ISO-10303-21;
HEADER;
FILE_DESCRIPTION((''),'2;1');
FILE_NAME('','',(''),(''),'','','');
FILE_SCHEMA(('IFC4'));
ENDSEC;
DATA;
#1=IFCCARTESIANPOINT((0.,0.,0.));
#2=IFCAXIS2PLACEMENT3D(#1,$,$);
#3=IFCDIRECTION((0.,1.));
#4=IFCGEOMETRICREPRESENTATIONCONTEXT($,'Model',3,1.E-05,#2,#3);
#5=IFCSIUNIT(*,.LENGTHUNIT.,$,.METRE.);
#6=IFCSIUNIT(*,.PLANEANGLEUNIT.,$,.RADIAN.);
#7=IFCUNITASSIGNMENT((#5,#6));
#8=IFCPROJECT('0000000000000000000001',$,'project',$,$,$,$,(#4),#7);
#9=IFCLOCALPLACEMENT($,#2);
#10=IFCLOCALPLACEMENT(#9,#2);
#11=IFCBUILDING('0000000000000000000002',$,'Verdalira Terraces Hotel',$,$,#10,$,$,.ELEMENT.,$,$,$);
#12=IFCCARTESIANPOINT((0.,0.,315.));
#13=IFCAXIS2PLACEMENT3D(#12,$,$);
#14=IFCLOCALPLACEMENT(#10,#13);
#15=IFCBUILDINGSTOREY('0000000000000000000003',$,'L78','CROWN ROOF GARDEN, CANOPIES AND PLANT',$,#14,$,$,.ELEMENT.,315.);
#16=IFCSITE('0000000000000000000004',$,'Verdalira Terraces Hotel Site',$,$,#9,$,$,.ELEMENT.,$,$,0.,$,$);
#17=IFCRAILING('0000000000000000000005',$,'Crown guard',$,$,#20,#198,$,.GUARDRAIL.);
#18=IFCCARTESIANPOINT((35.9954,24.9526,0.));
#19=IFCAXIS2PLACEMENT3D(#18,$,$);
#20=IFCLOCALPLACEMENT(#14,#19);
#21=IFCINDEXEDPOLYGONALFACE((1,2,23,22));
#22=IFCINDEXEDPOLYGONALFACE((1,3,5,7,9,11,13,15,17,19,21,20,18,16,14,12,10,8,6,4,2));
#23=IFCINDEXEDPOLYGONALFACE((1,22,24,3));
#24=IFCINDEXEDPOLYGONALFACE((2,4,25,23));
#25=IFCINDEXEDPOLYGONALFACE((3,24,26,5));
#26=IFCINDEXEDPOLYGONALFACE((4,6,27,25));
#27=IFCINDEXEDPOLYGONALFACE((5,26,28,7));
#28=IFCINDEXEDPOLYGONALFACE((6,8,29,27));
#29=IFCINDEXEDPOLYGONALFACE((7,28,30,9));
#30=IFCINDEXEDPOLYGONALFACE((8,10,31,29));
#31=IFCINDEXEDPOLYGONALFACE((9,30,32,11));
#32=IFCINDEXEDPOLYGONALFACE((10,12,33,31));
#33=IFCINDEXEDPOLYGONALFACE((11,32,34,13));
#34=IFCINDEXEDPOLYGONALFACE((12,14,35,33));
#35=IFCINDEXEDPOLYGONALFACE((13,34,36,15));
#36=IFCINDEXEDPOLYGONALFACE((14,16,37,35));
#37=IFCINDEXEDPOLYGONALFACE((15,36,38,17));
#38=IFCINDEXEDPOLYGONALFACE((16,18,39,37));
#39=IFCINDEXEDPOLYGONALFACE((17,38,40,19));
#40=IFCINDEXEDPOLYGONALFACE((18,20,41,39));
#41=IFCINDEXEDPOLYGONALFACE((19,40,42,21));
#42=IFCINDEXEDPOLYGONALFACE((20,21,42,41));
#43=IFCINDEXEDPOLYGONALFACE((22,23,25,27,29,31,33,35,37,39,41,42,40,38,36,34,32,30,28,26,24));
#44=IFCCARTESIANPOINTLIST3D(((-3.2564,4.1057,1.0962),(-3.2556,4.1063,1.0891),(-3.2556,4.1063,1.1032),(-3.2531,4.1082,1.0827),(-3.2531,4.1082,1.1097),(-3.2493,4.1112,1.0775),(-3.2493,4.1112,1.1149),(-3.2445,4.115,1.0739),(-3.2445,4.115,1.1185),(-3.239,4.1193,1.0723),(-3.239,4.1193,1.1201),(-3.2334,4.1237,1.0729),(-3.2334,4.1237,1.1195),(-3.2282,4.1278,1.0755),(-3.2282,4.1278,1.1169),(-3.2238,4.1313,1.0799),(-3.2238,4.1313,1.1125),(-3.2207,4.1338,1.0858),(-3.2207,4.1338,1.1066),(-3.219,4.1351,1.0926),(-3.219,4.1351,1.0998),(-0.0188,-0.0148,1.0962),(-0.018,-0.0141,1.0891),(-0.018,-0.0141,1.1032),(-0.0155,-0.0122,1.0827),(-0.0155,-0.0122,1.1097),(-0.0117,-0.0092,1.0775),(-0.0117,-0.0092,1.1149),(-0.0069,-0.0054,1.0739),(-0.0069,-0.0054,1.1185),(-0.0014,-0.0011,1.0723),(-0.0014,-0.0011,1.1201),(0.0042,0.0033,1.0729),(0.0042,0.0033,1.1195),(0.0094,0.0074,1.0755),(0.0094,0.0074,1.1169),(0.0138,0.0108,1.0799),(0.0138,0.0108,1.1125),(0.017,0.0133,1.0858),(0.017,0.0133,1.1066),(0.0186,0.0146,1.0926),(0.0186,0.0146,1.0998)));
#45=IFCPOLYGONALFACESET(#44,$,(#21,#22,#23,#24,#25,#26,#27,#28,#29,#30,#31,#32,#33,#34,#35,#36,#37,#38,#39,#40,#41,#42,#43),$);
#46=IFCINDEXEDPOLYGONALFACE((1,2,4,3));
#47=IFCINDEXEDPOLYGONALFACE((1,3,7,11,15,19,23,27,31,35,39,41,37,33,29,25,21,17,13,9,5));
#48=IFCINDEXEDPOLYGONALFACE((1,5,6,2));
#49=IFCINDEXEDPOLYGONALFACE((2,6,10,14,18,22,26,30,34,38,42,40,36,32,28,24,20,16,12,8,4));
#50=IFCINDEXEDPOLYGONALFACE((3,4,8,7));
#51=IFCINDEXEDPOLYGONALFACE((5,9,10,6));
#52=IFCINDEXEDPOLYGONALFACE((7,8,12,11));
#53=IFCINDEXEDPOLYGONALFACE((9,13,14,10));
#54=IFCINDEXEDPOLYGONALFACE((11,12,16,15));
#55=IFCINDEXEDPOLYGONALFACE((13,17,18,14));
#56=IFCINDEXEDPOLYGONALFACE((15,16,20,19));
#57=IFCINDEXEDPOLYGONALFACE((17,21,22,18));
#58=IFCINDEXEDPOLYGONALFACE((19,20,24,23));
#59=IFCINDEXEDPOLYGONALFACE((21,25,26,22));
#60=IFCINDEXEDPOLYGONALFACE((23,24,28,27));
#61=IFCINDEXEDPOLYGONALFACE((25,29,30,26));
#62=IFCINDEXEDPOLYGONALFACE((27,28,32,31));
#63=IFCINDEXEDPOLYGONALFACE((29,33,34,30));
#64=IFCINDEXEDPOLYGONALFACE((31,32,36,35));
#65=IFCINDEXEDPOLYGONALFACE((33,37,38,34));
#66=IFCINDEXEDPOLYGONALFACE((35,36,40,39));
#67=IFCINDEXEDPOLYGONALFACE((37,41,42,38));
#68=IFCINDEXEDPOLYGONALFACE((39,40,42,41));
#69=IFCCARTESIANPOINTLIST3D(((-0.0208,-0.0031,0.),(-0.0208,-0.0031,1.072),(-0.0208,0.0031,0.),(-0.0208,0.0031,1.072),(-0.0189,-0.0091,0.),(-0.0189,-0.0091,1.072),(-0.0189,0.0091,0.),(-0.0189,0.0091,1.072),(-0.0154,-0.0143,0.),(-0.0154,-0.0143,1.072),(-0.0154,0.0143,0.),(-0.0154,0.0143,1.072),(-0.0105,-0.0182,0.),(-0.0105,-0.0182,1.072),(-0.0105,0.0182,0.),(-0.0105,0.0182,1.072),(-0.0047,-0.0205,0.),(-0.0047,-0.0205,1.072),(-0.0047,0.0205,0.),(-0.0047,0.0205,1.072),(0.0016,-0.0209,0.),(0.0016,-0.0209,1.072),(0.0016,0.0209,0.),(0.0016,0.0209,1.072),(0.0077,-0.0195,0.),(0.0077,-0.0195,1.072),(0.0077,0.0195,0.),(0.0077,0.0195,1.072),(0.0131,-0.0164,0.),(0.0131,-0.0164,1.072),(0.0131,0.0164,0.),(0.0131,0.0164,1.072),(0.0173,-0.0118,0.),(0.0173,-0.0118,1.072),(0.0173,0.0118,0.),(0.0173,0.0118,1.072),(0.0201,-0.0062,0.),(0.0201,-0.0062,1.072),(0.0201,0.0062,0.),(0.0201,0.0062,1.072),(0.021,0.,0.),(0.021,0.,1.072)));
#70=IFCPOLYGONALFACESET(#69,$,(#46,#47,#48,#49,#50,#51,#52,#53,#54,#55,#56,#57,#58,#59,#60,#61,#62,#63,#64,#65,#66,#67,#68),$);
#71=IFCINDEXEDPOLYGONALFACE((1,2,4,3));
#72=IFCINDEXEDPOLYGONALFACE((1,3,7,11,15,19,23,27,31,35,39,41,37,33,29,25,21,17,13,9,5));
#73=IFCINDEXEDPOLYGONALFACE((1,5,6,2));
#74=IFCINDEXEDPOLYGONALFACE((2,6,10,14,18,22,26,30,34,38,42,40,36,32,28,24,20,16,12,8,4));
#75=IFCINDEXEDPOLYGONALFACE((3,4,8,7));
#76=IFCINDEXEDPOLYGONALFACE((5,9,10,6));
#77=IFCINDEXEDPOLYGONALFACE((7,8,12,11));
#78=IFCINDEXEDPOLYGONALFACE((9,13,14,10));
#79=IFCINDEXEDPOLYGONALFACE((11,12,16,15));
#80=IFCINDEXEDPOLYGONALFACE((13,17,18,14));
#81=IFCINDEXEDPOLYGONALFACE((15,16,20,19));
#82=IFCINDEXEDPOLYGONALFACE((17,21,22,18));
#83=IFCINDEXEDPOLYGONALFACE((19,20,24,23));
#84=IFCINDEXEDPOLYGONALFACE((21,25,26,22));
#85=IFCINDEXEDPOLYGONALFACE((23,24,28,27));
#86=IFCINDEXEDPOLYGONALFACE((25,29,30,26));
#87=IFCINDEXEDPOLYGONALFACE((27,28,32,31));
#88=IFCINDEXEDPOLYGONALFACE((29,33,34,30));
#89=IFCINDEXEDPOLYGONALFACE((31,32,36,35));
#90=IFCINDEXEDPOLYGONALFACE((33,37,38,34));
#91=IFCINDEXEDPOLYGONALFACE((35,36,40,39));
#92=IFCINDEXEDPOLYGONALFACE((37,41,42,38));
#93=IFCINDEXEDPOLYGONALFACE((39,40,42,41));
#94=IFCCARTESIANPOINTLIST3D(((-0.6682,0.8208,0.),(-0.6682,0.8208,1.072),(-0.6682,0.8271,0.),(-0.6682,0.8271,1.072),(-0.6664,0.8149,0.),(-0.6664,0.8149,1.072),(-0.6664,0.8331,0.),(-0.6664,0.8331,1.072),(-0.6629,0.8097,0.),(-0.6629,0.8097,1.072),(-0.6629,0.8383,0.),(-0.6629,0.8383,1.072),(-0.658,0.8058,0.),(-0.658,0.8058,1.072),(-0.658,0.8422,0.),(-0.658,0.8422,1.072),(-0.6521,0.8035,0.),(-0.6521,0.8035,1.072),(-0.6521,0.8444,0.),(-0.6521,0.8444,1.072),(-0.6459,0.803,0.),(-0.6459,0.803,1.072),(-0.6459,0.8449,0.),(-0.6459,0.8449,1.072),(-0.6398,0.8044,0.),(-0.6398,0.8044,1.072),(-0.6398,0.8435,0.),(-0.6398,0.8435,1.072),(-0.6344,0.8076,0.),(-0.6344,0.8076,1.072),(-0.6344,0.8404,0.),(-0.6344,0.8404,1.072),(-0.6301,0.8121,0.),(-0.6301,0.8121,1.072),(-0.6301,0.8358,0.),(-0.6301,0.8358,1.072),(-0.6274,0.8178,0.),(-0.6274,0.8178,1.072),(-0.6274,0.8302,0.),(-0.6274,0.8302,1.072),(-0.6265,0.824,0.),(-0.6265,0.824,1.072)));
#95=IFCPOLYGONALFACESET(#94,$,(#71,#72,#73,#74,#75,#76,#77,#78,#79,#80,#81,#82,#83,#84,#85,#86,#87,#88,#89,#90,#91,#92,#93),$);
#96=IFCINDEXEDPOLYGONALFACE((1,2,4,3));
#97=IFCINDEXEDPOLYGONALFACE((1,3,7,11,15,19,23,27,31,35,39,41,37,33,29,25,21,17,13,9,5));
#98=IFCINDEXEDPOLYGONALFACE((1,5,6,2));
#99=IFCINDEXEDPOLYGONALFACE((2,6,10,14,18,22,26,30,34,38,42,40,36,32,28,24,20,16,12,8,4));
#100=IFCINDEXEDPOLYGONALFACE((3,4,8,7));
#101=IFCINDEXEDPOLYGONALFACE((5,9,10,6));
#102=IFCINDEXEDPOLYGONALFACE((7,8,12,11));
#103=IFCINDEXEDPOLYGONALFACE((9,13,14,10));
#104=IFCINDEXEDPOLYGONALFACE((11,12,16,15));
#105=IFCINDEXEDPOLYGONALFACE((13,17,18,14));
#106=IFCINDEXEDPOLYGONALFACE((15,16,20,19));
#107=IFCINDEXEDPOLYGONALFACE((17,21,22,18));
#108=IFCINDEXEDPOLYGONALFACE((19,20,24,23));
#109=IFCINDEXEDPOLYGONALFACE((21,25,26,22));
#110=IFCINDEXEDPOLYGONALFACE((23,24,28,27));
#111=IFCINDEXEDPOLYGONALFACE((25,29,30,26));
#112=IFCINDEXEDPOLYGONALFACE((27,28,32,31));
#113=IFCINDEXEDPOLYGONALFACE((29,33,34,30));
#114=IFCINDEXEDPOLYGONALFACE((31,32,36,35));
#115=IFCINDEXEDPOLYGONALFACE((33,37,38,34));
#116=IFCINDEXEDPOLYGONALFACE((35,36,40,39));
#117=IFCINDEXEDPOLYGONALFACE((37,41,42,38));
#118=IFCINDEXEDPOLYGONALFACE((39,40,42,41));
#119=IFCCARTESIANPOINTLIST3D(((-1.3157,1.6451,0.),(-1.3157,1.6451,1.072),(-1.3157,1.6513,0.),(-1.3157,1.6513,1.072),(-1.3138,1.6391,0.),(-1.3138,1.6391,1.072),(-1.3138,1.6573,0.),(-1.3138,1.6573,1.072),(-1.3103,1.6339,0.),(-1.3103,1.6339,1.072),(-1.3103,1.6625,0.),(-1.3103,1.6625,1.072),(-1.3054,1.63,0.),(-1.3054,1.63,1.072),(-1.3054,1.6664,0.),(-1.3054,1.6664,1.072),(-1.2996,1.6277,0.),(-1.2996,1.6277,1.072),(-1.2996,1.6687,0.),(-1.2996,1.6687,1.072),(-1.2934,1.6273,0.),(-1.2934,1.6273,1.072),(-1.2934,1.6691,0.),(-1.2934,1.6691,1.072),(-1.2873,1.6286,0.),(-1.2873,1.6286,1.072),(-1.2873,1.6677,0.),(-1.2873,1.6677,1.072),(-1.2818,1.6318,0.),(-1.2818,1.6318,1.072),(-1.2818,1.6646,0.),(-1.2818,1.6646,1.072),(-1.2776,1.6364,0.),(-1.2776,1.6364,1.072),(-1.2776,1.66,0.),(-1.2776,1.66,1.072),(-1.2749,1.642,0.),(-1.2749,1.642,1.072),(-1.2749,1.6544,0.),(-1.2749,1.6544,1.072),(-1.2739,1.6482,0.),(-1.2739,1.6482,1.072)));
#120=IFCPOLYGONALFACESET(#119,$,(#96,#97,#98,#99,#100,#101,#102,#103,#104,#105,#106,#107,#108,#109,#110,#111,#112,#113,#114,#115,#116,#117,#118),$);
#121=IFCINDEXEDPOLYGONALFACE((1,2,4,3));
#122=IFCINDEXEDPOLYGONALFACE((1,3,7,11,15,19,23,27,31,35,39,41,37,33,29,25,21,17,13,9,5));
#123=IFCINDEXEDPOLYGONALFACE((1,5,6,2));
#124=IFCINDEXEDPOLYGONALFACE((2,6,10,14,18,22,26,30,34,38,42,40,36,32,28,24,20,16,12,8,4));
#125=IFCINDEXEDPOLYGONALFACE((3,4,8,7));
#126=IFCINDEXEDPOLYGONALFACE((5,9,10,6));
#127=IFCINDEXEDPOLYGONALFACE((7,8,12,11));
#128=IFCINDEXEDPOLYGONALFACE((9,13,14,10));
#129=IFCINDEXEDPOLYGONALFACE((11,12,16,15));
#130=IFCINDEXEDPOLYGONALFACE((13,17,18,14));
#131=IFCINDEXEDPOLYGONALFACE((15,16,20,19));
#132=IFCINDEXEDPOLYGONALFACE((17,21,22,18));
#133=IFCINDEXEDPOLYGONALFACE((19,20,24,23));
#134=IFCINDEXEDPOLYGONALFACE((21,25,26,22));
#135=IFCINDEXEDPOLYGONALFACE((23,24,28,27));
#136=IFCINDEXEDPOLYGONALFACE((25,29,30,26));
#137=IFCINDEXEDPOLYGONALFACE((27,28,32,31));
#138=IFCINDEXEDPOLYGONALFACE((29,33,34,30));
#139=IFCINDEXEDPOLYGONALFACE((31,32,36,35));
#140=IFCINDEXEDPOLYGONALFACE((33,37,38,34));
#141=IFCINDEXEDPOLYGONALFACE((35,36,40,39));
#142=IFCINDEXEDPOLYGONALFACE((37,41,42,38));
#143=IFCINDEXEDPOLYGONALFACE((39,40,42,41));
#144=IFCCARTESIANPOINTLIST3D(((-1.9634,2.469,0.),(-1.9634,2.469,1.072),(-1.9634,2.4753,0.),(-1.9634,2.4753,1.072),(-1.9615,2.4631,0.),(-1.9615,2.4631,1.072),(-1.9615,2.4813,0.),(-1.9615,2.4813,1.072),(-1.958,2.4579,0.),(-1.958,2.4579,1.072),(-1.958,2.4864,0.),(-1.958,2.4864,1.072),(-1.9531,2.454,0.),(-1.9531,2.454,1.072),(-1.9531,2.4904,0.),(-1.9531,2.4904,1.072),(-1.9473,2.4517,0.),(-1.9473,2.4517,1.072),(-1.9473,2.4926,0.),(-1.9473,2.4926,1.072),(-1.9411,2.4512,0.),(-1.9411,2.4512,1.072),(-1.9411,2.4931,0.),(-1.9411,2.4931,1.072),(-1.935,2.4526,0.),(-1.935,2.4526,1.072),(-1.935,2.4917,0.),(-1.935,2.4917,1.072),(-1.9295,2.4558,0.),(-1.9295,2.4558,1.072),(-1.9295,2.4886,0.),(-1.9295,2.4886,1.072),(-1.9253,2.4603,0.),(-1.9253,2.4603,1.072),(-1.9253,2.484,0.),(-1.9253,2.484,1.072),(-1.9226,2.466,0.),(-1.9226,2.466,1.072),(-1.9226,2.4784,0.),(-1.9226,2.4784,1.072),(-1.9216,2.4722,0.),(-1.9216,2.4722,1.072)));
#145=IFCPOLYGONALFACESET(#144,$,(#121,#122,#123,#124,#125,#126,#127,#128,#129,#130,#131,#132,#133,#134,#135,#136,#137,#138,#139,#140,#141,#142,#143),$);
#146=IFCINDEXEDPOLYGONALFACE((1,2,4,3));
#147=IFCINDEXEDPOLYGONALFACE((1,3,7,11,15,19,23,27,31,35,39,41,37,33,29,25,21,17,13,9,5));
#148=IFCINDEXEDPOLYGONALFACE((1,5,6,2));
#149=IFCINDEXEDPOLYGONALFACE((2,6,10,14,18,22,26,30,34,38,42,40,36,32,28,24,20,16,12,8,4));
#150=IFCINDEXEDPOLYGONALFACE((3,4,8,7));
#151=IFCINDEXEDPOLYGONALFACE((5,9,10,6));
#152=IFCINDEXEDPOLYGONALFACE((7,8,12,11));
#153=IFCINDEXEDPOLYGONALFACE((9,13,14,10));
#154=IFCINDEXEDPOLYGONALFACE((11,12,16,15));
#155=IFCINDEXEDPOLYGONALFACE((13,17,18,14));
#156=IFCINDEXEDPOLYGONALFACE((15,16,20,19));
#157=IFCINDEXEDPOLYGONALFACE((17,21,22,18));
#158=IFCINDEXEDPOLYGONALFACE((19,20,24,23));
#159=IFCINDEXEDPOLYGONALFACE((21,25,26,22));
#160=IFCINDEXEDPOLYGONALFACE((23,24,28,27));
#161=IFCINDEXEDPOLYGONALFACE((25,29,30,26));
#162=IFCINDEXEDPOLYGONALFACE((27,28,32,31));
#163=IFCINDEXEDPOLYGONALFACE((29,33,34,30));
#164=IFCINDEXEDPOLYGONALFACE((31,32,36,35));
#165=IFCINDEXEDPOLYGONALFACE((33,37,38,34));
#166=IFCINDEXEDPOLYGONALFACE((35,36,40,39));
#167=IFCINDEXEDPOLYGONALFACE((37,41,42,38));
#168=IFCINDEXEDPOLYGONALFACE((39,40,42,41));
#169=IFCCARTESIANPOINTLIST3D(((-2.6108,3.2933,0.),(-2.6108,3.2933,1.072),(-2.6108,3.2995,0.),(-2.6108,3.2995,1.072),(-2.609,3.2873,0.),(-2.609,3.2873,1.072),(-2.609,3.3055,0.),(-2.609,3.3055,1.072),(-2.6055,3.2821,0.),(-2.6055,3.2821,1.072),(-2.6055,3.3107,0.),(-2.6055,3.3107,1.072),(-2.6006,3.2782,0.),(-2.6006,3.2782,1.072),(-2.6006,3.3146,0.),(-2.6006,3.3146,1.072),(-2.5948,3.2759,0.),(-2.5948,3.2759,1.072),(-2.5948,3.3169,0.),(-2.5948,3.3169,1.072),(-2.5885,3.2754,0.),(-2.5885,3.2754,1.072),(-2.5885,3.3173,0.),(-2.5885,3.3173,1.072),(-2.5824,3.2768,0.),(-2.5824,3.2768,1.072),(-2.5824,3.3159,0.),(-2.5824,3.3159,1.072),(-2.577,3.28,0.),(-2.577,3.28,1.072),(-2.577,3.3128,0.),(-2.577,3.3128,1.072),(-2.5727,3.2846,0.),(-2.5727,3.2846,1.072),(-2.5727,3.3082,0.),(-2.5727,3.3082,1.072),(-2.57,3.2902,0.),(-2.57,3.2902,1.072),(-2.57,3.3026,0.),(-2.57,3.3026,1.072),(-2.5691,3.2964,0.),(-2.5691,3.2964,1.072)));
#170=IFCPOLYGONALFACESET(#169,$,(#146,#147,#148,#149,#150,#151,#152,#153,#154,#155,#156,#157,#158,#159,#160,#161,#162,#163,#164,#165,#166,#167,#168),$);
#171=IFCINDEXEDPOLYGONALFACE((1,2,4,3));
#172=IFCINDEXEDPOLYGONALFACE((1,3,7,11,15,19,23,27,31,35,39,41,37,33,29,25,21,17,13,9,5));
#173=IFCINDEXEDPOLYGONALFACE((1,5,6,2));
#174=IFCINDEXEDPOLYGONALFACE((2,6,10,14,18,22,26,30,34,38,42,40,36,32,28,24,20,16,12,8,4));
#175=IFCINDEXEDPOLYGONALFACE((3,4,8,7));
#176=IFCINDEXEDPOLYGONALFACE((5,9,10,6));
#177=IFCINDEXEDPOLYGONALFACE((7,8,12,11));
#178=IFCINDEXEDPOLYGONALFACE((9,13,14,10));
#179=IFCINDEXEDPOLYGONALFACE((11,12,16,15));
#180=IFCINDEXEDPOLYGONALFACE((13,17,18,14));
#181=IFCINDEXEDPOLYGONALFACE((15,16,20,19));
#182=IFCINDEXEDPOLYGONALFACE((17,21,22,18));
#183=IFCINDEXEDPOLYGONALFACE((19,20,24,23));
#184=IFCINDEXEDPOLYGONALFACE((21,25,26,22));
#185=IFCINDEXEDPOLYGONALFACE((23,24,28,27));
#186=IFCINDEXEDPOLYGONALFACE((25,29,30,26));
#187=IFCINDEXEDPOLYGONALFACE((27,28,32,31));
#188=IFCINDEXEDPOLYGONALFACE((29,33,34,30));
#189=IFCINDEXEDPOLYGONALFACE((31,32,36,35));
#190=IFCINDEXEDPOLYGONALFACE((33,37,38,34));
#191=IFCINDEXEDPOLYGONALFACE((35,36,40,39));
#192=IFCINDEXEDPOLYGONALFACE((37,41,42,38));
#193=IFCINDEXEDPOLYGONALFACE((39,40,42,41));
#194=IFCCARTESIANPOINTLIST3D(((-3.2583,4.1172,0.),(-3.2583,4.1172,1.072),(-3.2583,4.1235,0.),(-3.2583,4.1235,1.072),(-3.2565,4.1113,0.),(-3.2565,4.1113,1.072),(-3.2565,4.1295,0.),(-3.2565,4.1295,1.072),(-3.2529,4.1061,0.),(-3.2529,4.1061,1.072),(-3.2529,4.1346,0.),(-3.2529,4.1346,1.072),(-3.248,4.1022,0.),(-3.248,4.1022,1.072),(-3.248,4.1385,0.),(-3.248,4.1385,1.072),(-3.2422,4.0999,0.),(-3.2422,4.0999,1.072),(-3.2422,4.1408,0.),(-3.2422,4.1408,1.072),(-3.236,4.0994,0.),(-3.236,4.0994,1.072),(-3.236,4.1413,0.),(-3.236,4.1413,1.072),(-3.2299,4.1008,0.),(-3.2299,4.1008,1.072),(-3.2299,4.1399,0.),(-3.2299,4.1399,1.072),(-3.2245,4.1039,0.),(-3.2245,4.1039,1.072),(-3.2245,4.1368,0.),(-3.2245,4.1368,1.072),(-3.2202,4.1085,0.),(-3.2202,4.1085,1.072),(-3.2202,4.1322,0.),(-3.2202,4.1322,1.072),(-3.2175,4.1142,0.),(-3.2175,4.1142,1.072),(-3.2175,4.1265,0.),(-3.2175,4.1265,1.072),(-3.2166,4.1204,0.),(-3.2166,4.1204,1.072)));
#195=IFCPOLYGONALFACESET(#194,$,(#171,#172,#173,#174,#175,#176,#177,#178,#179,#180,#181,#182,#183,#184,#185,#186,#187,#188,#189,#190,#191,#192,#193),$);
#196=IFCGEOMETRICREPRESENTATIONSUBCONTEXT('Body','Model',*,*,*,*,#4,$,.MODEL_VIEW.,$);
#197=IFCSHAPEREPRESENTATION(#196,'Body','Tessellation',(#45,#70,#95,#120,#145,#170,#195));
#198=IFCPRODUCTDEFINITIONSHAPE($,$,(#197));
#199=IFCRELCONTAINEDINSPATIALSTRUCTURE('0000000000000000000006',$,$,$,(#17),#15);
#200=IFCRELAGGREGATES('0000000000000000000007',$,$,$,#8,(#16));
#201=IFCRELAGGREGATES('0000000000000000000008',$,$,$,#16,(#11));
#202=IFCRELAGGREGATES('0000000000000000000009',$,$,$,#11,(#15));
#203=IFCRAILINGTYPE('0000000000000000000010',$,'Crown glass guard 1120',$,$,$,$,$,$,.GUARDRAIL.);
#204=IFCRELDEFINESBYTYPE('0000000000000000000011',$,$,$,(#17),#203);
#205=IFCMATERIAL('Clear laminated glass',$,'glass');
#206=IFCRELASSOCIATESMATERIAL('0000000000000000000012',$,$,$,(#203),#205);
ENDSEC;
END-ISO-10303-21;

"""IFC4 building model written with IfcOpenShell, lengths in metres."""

from ifc_helpers import new_model, si_unit, direction, frame, origin, origin_2d, place, context, subcontext, project, spatial, circle, extrude, material, type_object, element, save


model = new_model("IFC4")

# Units and contexts
model_context = context("Model", 3, precision=1e-05, world=origin(), true_north=direction((0.0, 1.0)))
body_context = subcontext(model_context, "Body", "Model", "MODEL_VIEW")
ifc_project = project(units=[si_unit("LENGTHUNIT", "METRE"), si_unit("PLANEANGLEUNIT", "RADIAN")], contexts=[model_context])

# Site, building, storey
site_placement = place(None, origin())
site = spatial("IfcSite", under=ifc_project, at=site_placement, Name="Verdalira Terraces Hotel Site", CompositionType="ELEMENT", RefElevation=0.0)
building_placement = place(site_placement, origin())
building = spatial("IfcBuilding", under=site, at=building_placement, Name="Verdalira Terraces Hotel", CompositionType="ELEMENT")
storey_placement = place(building_placement, frame((0.0, 0.0, 315.0)))
storey = spatial("IfcBuildingStorey", under=building, at=storey_placement, Name="L78", Description="CROWN ROOF GARDEN, CANOPIES AND PLANT", CompositionType="ELEMENT", Elevation=315.0)

# Railing
ifc_material_1 = material(Name="Clear laminated glass", Category="glass")
railing_type = type_object("IfcRailingType", Name="Crown glass guard 1120", PredefinedType="GUARDRAIL", material=ifc_material_1)
railing_1_placement = place(storey_placement, frame((35.9954, 24.9526, 0.0)))
element("IfcRailing", 1, at=railing_1_placement, inside=storey, type_object=railing_type, Name="Crown guard", PredefinedType="GUARDRAIL", context=body_context, shape_type="SweptSolid", body=[
    extrude(circle(Radius=0.0239, at=origin_2d()), frame((0.0, 0.0, 1.0962), z_axis=(-0.617836, 0.786307, 0.0), x_axis=(-0.786307, -0.617836, 0.0)), (0.0, 0.0, 1.0), 5.2402),
    extrude(circle(Radius=0.021, at=origin_2d()), origin(), (0.0, 0.0, 1.0), 1.072),
    extrude(circle(Radius=0.021, at=origin_2d()), frame((-0.6475, 0.824, 0.0)), (0.0, 0.0, 1.0), 1.072),
    extrude(circle(Radius=0.021, at=origin_2d()), frame((-1.2949, 1.6482, 0.0)), (0.0, 0.0, 1.0), 1.072),
    extrude(circle(Radius=0.021, at=origin_2d()), frame((-1.9426, 2.4722, 0.0)), (0.0, 0.0, 1.0), 1.072),
    extrude(circle(Radius=0.021, at=origin_2d()), frame((-2.5901, 3.2964, 0.0)), (0.0, 0.0, 1.0), 1.072),
    extrude(circle(Radius=0.021, at=origin_2d()), frame((-3.2375, 4.1204, 0.0)), (0.0, 0.0, 1.0), 1.072),
])

save(model, "model.ifc")
